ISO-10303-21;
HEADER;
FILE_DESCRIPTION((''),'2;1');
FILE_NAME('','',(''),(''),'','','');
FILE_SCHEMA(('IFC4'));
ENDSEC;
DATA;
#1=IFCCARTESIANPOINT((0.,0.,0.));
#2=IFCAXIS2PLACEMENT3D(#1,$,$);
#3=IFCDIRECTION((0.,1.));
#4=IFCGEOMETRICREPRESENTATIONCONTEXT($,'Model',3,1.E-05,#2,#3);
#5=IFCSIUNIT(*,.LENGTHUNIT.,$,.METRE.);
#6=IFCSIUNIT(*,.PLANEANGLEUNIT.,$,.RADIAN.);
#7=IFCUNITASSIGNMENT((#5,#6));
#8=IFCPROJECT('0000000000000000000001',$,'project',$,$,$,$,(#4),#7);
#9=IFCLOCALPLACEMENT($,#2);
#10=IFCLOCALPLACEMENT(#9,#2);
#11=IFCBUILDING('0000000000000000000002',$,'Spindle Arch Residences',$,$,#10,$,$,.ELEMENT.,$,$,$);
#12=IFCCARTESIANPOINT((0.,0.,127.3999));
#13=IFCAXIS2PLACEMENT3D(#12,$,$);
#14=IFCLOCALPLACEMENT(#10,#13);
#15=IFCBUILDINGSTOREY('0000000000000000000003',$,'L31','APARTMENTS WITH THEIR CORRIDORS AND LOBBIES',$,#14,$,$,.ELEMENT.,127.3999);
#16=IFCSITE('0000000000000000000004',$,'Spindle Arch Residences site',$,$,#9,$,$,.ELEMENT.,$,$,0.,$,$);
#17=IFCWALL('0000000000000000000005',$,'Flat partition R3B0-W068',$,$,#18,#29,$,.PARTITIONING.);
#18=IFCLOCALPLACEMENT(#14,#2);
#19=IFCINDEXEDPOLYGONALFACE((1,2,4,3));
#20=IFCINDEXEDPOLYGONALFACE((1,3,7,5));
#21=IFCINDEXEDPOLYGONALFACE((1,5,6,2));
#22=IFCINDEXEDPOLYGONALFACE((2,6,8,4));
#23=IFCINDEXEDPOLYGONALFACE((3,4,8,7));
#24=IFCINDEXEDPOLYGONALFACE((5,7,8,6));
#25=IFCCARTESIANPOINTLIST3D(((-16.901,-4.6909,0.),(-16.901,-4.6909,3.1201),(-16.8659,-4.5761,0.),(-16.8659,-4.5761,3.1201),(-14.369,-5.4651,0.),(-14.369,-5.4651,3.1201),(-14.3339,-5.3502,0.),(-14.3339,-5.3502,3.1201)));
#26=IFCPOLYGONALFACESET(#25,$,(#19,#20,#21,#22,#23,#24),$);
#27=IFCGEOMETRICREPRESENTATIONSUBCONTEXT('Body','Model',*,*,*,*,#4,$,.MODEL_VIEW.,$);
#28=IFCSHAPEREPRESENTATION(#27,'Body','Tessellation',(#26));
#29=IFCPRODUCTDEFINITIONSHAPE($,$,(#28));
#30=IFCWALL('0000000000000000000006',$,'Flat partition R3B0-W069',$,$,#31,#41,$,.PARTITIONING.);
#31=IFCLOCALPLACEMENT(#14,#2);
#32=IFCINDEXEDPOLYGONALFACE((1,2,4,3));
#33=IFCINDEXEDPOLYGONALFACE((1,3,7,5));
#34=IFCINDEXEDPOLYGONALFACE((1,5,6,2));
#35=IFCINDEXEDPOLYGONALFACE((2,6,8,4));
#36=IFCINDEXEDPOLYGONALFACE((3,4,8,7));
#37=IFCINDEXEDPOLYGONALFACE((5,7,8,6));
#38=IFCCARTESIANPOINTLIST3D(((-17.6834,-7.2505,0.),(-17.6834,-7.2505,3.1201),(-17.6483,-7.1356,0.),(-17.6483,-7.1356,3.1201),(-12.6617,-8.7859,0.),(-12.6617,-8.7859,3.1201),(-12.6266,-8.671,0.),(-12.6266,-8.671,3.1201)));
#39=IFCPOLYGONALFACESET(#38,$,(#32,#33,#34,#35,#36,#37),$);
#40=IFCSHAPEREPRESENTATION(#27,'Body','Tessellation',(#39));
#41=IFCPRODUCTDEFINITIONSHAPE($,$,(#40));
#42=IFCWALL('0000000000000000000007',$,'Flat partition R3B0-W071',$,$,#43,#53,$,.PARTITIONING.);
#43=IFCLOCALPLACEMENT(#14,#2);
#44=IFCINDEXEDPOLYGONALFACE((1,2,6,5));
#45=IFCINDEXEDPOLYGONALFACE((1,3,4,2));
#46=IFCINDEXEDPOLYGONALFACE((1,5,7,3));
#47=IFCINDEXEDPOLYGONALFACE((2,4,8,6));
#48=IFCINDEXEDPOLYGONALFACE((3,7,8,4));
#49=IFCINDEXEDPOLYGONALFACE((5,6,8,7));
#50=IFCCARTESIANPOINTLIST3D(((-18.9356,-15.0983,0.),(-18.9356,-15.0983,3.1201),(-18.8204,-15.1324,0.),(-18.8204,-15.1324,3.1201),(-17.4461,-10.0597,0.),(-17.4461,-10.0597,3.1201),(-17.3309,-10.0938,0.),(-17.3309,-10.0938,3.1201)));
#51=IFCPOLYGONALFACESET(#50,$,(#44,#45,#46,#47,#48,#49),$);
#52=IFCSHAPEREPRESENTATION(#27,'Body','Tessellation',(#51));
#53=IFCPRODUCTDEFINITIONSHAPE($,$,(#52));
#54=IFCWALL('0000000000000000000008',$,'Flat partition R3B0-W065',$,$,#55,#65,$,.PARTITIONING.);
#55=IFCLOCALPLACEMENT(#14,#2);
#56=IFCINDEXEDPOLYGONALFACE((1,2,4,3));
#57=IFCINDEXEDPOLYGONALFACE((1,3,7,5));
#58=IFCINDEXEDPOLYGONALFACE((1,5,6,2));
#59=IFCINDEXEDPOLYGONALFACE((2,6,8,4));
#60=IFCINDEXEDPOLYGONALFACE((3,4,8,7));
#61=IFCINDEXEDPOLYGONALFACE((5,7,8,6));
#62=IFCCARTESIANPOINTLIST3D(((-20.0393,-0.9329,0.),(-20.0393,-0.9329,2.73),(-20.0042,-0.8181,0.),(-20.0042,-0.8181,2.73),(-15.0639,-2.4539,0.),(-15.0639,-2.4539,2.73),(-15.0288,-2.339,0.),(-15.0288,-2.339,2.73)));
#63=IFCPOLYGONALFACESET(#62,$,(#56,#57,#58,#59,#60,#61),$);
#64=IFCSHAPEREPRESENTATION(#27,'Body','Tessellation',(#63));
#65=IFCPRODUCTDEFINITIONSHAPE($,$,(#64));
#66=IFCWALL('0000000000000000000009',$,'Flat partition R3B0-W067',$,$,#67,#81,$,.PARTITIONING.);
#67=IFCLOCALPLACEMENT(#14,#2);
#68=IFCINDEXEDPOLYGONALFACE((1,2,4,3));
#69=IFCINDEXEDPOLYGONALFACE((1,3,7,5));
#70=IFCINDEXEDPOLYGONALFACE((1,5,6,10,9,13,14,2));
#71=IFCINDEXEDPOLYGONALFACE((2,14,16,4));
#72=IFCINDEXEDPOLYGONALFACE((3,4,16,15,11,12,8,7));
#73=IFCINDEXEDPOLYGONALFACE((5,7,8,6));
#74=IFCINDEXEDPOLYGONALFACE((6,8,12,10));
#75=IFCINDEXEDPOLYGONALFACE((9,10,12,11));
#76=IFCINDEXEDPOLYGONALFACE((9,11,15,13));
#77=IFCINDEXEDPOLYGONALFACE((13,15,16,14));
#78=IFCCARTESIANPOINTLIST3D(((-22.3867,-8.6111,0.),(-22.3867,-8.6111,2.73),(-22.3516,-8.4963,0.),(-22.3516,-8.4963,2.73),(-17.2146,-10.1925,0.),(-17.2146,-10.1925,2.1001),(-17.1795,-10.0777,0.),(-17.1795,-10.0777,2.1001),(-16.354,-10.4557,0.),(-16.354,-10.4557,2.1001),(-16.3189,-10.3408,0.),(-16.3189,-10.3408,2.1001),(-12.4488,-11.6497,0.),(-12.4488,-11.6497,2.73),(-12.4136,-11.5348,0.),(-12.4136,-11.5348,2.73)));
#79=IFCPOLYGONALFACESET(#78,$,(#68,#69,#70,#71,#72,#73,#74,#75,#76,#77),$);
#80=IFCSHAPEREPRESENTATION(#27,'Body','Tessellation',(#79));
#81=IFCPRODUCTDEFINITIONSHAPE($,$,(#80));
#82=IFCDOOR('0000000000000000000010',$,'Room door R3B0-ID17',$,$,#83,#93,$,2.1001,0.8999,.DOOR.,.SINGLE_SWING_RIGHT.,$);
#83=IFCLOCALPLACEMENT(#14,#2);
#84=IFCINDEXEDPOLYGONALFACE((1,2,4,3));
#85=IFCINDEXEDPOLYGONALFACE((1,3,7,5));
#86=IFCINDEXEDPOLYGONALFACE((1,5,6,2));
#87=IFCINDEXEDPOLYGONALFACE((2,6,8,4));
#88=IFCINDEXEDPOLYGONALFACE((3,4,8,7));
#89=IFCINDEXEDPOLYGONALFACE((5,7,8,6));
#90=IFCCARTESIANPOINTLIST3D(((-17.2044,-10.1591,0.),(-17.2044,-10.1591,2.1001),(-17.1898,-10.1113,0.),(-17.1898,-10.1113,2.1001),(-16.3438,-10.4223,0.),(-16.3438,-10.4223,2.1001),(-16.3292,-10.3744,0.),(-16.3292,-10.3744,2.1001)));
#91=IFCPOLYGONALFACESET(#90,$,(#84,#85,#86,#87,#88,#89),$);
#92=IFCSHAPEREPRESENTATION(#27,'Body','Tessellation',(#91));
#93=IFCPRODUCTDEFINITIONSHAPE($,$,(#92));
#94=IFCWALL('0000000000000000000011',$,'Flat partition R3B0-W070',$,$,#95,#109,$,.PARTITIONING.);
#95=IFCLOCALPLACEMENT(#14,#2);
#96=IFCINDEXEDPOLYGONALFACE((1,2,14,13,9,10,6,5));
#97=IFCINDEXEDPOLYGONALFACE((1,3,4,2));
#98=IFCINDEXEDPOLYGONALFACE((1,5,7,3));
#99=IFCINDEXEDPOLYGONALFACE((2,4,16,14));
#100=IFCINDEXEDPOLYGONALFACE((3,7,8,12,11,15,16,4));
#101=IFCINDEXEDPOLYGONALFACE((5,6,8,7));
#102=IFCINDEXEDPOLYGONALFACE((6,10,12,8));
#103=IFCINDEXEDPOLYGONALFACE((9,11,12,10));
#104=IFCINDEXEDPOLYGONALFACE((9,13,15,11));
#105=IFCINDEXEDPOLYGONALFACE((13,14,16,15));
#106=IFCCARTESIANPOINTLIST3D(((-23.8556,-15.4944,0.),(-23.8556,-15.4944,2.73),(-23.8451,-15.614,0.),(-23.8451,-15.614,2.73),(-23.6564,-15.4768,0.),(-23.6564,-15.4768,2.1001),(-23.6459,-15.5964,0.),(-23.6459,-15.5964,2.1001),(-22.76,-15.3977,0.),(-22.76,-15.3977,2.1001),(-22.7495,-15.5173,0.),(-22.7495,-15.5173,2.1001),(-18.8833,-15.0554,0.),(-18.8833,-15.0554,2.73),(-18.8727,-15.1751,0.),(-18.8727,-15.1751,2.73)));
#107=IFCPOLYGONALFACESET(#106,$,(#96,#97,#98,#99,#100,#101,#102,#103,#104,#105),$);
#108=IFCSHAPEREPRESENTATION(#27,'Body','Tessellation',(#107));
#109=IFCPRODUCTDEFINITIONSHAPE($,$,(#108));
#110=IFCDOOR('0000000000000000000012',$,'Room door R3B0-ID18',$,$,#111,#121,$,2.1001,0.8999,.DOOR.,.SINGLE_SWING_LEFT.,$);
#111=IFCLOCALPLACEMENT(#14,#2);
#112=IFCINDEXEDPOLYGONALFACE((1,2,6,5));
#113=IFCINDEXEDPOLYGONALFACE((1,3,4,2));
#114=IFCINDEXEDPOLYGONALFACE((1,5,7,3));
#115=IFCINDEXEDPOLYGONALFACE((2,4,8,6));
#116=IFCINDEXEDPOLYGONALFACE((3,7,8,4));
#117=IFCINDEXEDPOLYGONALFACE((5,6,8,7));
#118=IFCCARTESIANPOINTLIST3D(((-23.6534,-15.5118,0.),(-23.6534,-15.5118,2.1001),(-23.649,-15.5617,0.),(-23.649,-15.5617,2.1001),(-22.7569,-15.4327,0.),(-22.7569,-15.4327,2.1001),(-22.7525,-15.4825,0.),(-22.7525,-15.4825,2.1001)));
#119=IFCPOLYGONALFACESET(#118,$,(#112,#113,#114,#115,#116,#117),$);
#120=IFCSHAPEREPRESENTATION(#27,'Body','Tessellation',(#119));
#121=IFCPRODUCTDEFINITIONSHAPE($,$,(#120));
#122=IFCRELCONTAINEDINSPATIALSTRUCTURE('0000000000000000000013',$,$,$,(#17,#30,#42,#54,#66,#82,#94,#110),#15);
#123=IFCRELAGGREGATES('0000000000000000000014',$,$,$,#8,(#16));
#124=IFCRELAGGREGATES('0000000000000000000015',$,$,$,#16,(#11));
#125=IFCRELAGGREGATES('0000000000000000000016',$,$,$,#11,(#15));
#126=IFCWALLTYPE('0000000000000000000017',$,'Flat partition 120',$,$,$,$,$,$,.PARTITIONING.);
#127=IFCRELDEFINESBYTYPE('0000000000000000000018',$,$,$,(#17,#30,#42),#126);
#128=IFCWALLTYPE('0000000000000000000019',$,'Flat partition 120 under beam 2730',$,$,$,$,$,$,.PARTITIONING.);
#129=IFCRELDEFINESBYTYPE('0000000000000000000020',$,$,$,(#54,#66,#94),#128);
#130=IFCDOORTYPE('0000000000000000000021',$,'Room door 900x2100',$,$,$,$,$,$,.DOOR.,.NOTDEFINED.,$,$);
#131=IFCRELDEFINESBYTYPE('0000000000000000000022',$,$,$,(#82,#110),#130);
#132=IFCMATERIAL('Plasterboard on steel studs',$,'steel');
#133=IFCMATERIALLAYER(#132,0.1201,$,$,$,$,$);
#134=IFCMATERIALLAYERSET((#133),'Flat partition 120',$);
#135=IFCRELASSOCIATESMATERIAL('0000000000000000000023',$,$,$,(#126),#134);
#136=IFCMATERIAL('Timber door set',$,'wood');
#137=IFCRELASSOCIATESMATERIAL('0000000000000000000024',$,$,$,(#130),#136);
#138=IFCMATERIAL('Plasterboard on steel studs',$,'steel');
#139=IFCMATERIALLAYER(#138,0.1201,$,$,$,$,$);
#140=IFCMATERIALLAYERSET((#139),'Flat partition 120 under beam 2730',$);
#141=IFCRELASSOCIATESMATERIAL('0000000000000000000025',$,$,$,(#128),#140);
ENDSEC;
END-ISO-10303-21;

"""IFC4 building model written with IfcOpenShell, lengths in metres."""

from ifc_helpers import new_model, si_unit, direction, frame, frame_2d, origin, place, context, subcontext, project, spatial, rectangle, extrude, material, layer, layer_set, type_object, element, fill, save


model = new_model("IFC4")

# Units and contexts
model_context = context("Model", 3, precision=1e-05, world=origin(), true_north=direction((0.0, 1.0)))
body_context = subcontext(model_context, "Body", "Model", "MODEL_VIEW")
ifc_project = project(units=[si_unit("LENGTHUNIT", "METRE"), si_unit("PLANEANGLEUNIT", "RADIAN")], contexts=[model_context])

# Site, building, storey
site_placement = place(None, origin())
site = spatial("IfcSite", under=ifc_project, at=site_placement, Name="Spindle Arch Residences site", CompositionType="ELEMENT", RefElevation=0.0)
building_placement = place(site_placement, origin())
building = spatial("IfcBuilding", under=site, at=building_placement, Name="Spindle Arch Residences", CompositionType="ELEMENT")
storey_placement = place(building_placement, frame((0.0, 0.0, 127.3999)))
storey = spatial("IfcBuildingStorey", under=building, at=storey_placement, Name="L31", Description="APARTMENTS WITH THEIR CORRIDORS AND LOBBIES", CompositionType="ELEMENT", Elevation=127.3999)

# Shared definitions
ifc_material_1 = material(Name="Plasterboard on steel studs", Category="steel")
ifc_layer_1 = layer(ifc_material_1, 0.1201)
ifc_layer_set_1 = layer_set([ifc_layer_1], Name="Flat partition 120")
wall_type_1 = type_object("IfcWallType", Name="Flat partition 120", PredefinedType="PARTITIONING", material=ifc_layer_set_1)
ifc_material_2 = material(Name="Timber door set", Category="wood")
door_type = type_object("IfcDoorType", Name="Room door 900x2100", OperationType="NOTDEFINED", PredefinedType="DOOR", material=ifc_material_2)

# Walls
wall_1_placement = place(storey_placement, frame((-16.8833, -4.6335, 0.0), z_axis=(0.0, 0.0, 1.0), x_axis=(0.956298, -0.292394, 0.0)))
element("IfcWall", 1, at=wall_1_placement, inside=storey, type_object=wall_type_1, Name="Flat partition R3B0-W068", PredefinedType="PARTITIONING", context=body_context, shape_type="SweptSolid", body=[
    extrude(rectangle(XDim=2.6477, YDim=0.1201, at=frame_2d((1.3237, 0.0))), origin(), (0.0, 0.0, 1.0), 3.1201),
])
wall_2_placement = place(storey_placement, frame((-17.6658, -7.1931, 0.0), z_axis=(0.0, 0.0, 1.0), x_axis=(0.956299, -0.29239, 0.0)))
element("IfcWall", 2, at=wall_2_placement, inside=storey, type_object=wall_type_1, Name="Flat partition R3B0-W069", PredefinedType="PARTITIONING", context=body_context, shape_type="SweptSolid", body=[
    extrude(rectangle(XDim=5.2512, YDim=0.1201, at=frame_2d((2.6255, 0.0))), origin(), (0.0, 0.0, 1.0), 3.1201),
])
wall_3_placement = place(storey_placement, frame((-18.8779, -15.1152, 0.0), z_axis=(0.0, 0.0, 1.0), x_axis=(0.283492, 0.958975, 0.0)))
element("IfcWall", 3, at=wall_3_placement, inside=storey, type_object=wall_type_1, Name="Flat partition R3B0-W071", PredefinedType="PARTITIONING", context=body_context, shape_type="SweptSolid", body=[
    extrude(rectangle(XDim=5.2542, YDim=0.1201, at=frame_2d((2.627, 0.0))), origin(), (0.0, 0.0, 1.0), 3.1201),
])
ifc_material_3 = material(Name="Plasterboard on steel studs", Category="steel")
ifc_layer_2 = layer(ifc_material_3, 0.1201)
ifc_layer_set_2 = layer_set([ifc_layer_2], Name="Flat partition 120 under beam 2730")
wall_type_2 = type_object("IfcWallType", Name="Flat partition 120 under beam 2730", PredefinedType="PARTITIONING", material=ifc_layer_set_2)
wall_4_placement = place(storey_placement, frame((-20.0217, -0.8755, 0.0), z_axis=(0.0, 0.0, 1.0), x_axis=(0.956311, -0.292351, 0.0)))
element("IfcWall", 4, at=wall_4_placement, inside=storey, type_object=wall_type_2, Name="Flat partition R3B0-W065", PredefinedType="PARTITIONING", context=body_context, shape_type="SweptSolid", body=[
    extrude(rectangle(XDim=5.2026, YDim=0.1201, at=frame_2d((2.6013, 0.0))), origin(), (0.0, 0.0, 1.0), 2.73),
])

# Walls, openings, doors
wall_5_placement = place(storey_placement, frame((-22.3691, -8.5537, 0.0), z_axis=(0.0, 0.0, 1.0), x_axis=(0.956299, -0.292392, 0.0)))
wall_5 = element("IfcWall", 5, at=wall_5_placement, inside=storey, type_object=wall_type_2, Name="Flat partition R3B0-W067", PredefinedType="PARTITIONING", context=body_context, shape_type="SweptSolid", body=[
    extrude(rectangle(XDim=10.3921, YDim=0.1201, at=frame_2d((5.196, 0.0))), origin(), (0.0, 0.0, 1.0), 2.73),
])
opening_1_placement = place(wall_5_placement, frame((5.4084, 0.0, 0.0)))
opening_1 = element("IfcOpeningElement", 6, at=opening_1_placement, cuts=wall_5, PredefinedType="OPENING", context=body_context, shape_type="SweptSolid", body=[
    extrude(rectangle(XDim=0.8999, YDim=2.1001, at=frame_2d((0.45, 1.05))), frame((0.0, 0.0701, 0.0), z_axis=(0.0, -1.0, 0.0), x_axis=(1.0, 0.0, 0.0)), (0.0, 0.0, 1.0), 0.1401),
])
door_1_placement = place(opening_1_placement, origin())
door_1 = element("IfcDoor", 7, at=door_1_placement, inside=storey, type_object=door_type, Name="Room door R3B0-ID17", OperationType="SINGLE_SWING_RIGHT", OverallHeight=2.1001, OverallWidth=0.8999, PredefinedType="DOOR", context=body_context, shape_type="SweptSolid", body=[
    extrude(rectangle(XDim=0.8999, YDim=2.1001, at=frame_2d((0.45, 1.05))), frame((0.0, 0.0249, 0.0), z_axis=(0.0, -1.0, 0.0), x_axis=(1.0, 0.0, 0.0)), (0.0, 0.0, 1.0), 0.05),
])
fill(opening_1, door_1)
wall_6_placement = place(storey_placement, frame((-23.8503, -15.5542, 0.0), z_axis=(0.0, 0.0, 1.0), x_axis=(0.996126, 0.087938, 0.0)))
wall_6 = element("IfcWall", 8, at=wall_6_placement, inside=storey, type_object=wall_type_2, Name="Flat partition R3B0-W070", PredefinedType="PARTITIONING", context=body_context, shape_type="SweptSolid", body=[
    extrude(rectangle(XDim=4.9917, YDim=0.1201, at=frame_2d((2.4958, 0.0))), origin(), (0.0, 0.0, 1.0), 2.73),
])
opening_2_placement = place(wall_6_placement, frame((0.2, 0.0, 0.0)))
opening_2 = element("IfcOpeningElement", 9, at=opening_2_placement, cuts=wall_6, PredefinedType="OPENING", context=body_context, shape_type="SweptSolid", body=[
    extrude(rectangle(XDim=0.8999, YDim=2.1001, at=frame_2d((0.45, 1.05))), frame((0.0, 0.0701, 0.0), z_axis=(0.0, -1.0, 0.0), x_axis=(1.0, 0.0, 0.0)), (0.0, 0.0, 1.0), 0.1401),
])
door_2_placement = place(opening_2_placement, origin())
door_2 = element("IfcDoor", 10, at=door_2_placement, inside=storey, type_object=door_type, Name="Room door R3B0-ID18", OperationType="SINGLE_SWING_LEFT", OverallHeight=2.1001, OverallWidth=0.8999, PredefinedType="DOOR", context=body_context, shape_type="SweptSolid", body=[
    extrude(rectangle(XDim=0.8999, YDim=2.1001, at=frame_2d((0.45, 1.05))), frame((0.0, 0.0249, 0.0), z_axis=(0.0, -1.0, 0.0), x_axis=(1.0, 0.0, 0.0)), (0.0, 0.0, 1.0), 0.05),
])
fill(opening_2, door_2)

save(model, "model.ifc")
